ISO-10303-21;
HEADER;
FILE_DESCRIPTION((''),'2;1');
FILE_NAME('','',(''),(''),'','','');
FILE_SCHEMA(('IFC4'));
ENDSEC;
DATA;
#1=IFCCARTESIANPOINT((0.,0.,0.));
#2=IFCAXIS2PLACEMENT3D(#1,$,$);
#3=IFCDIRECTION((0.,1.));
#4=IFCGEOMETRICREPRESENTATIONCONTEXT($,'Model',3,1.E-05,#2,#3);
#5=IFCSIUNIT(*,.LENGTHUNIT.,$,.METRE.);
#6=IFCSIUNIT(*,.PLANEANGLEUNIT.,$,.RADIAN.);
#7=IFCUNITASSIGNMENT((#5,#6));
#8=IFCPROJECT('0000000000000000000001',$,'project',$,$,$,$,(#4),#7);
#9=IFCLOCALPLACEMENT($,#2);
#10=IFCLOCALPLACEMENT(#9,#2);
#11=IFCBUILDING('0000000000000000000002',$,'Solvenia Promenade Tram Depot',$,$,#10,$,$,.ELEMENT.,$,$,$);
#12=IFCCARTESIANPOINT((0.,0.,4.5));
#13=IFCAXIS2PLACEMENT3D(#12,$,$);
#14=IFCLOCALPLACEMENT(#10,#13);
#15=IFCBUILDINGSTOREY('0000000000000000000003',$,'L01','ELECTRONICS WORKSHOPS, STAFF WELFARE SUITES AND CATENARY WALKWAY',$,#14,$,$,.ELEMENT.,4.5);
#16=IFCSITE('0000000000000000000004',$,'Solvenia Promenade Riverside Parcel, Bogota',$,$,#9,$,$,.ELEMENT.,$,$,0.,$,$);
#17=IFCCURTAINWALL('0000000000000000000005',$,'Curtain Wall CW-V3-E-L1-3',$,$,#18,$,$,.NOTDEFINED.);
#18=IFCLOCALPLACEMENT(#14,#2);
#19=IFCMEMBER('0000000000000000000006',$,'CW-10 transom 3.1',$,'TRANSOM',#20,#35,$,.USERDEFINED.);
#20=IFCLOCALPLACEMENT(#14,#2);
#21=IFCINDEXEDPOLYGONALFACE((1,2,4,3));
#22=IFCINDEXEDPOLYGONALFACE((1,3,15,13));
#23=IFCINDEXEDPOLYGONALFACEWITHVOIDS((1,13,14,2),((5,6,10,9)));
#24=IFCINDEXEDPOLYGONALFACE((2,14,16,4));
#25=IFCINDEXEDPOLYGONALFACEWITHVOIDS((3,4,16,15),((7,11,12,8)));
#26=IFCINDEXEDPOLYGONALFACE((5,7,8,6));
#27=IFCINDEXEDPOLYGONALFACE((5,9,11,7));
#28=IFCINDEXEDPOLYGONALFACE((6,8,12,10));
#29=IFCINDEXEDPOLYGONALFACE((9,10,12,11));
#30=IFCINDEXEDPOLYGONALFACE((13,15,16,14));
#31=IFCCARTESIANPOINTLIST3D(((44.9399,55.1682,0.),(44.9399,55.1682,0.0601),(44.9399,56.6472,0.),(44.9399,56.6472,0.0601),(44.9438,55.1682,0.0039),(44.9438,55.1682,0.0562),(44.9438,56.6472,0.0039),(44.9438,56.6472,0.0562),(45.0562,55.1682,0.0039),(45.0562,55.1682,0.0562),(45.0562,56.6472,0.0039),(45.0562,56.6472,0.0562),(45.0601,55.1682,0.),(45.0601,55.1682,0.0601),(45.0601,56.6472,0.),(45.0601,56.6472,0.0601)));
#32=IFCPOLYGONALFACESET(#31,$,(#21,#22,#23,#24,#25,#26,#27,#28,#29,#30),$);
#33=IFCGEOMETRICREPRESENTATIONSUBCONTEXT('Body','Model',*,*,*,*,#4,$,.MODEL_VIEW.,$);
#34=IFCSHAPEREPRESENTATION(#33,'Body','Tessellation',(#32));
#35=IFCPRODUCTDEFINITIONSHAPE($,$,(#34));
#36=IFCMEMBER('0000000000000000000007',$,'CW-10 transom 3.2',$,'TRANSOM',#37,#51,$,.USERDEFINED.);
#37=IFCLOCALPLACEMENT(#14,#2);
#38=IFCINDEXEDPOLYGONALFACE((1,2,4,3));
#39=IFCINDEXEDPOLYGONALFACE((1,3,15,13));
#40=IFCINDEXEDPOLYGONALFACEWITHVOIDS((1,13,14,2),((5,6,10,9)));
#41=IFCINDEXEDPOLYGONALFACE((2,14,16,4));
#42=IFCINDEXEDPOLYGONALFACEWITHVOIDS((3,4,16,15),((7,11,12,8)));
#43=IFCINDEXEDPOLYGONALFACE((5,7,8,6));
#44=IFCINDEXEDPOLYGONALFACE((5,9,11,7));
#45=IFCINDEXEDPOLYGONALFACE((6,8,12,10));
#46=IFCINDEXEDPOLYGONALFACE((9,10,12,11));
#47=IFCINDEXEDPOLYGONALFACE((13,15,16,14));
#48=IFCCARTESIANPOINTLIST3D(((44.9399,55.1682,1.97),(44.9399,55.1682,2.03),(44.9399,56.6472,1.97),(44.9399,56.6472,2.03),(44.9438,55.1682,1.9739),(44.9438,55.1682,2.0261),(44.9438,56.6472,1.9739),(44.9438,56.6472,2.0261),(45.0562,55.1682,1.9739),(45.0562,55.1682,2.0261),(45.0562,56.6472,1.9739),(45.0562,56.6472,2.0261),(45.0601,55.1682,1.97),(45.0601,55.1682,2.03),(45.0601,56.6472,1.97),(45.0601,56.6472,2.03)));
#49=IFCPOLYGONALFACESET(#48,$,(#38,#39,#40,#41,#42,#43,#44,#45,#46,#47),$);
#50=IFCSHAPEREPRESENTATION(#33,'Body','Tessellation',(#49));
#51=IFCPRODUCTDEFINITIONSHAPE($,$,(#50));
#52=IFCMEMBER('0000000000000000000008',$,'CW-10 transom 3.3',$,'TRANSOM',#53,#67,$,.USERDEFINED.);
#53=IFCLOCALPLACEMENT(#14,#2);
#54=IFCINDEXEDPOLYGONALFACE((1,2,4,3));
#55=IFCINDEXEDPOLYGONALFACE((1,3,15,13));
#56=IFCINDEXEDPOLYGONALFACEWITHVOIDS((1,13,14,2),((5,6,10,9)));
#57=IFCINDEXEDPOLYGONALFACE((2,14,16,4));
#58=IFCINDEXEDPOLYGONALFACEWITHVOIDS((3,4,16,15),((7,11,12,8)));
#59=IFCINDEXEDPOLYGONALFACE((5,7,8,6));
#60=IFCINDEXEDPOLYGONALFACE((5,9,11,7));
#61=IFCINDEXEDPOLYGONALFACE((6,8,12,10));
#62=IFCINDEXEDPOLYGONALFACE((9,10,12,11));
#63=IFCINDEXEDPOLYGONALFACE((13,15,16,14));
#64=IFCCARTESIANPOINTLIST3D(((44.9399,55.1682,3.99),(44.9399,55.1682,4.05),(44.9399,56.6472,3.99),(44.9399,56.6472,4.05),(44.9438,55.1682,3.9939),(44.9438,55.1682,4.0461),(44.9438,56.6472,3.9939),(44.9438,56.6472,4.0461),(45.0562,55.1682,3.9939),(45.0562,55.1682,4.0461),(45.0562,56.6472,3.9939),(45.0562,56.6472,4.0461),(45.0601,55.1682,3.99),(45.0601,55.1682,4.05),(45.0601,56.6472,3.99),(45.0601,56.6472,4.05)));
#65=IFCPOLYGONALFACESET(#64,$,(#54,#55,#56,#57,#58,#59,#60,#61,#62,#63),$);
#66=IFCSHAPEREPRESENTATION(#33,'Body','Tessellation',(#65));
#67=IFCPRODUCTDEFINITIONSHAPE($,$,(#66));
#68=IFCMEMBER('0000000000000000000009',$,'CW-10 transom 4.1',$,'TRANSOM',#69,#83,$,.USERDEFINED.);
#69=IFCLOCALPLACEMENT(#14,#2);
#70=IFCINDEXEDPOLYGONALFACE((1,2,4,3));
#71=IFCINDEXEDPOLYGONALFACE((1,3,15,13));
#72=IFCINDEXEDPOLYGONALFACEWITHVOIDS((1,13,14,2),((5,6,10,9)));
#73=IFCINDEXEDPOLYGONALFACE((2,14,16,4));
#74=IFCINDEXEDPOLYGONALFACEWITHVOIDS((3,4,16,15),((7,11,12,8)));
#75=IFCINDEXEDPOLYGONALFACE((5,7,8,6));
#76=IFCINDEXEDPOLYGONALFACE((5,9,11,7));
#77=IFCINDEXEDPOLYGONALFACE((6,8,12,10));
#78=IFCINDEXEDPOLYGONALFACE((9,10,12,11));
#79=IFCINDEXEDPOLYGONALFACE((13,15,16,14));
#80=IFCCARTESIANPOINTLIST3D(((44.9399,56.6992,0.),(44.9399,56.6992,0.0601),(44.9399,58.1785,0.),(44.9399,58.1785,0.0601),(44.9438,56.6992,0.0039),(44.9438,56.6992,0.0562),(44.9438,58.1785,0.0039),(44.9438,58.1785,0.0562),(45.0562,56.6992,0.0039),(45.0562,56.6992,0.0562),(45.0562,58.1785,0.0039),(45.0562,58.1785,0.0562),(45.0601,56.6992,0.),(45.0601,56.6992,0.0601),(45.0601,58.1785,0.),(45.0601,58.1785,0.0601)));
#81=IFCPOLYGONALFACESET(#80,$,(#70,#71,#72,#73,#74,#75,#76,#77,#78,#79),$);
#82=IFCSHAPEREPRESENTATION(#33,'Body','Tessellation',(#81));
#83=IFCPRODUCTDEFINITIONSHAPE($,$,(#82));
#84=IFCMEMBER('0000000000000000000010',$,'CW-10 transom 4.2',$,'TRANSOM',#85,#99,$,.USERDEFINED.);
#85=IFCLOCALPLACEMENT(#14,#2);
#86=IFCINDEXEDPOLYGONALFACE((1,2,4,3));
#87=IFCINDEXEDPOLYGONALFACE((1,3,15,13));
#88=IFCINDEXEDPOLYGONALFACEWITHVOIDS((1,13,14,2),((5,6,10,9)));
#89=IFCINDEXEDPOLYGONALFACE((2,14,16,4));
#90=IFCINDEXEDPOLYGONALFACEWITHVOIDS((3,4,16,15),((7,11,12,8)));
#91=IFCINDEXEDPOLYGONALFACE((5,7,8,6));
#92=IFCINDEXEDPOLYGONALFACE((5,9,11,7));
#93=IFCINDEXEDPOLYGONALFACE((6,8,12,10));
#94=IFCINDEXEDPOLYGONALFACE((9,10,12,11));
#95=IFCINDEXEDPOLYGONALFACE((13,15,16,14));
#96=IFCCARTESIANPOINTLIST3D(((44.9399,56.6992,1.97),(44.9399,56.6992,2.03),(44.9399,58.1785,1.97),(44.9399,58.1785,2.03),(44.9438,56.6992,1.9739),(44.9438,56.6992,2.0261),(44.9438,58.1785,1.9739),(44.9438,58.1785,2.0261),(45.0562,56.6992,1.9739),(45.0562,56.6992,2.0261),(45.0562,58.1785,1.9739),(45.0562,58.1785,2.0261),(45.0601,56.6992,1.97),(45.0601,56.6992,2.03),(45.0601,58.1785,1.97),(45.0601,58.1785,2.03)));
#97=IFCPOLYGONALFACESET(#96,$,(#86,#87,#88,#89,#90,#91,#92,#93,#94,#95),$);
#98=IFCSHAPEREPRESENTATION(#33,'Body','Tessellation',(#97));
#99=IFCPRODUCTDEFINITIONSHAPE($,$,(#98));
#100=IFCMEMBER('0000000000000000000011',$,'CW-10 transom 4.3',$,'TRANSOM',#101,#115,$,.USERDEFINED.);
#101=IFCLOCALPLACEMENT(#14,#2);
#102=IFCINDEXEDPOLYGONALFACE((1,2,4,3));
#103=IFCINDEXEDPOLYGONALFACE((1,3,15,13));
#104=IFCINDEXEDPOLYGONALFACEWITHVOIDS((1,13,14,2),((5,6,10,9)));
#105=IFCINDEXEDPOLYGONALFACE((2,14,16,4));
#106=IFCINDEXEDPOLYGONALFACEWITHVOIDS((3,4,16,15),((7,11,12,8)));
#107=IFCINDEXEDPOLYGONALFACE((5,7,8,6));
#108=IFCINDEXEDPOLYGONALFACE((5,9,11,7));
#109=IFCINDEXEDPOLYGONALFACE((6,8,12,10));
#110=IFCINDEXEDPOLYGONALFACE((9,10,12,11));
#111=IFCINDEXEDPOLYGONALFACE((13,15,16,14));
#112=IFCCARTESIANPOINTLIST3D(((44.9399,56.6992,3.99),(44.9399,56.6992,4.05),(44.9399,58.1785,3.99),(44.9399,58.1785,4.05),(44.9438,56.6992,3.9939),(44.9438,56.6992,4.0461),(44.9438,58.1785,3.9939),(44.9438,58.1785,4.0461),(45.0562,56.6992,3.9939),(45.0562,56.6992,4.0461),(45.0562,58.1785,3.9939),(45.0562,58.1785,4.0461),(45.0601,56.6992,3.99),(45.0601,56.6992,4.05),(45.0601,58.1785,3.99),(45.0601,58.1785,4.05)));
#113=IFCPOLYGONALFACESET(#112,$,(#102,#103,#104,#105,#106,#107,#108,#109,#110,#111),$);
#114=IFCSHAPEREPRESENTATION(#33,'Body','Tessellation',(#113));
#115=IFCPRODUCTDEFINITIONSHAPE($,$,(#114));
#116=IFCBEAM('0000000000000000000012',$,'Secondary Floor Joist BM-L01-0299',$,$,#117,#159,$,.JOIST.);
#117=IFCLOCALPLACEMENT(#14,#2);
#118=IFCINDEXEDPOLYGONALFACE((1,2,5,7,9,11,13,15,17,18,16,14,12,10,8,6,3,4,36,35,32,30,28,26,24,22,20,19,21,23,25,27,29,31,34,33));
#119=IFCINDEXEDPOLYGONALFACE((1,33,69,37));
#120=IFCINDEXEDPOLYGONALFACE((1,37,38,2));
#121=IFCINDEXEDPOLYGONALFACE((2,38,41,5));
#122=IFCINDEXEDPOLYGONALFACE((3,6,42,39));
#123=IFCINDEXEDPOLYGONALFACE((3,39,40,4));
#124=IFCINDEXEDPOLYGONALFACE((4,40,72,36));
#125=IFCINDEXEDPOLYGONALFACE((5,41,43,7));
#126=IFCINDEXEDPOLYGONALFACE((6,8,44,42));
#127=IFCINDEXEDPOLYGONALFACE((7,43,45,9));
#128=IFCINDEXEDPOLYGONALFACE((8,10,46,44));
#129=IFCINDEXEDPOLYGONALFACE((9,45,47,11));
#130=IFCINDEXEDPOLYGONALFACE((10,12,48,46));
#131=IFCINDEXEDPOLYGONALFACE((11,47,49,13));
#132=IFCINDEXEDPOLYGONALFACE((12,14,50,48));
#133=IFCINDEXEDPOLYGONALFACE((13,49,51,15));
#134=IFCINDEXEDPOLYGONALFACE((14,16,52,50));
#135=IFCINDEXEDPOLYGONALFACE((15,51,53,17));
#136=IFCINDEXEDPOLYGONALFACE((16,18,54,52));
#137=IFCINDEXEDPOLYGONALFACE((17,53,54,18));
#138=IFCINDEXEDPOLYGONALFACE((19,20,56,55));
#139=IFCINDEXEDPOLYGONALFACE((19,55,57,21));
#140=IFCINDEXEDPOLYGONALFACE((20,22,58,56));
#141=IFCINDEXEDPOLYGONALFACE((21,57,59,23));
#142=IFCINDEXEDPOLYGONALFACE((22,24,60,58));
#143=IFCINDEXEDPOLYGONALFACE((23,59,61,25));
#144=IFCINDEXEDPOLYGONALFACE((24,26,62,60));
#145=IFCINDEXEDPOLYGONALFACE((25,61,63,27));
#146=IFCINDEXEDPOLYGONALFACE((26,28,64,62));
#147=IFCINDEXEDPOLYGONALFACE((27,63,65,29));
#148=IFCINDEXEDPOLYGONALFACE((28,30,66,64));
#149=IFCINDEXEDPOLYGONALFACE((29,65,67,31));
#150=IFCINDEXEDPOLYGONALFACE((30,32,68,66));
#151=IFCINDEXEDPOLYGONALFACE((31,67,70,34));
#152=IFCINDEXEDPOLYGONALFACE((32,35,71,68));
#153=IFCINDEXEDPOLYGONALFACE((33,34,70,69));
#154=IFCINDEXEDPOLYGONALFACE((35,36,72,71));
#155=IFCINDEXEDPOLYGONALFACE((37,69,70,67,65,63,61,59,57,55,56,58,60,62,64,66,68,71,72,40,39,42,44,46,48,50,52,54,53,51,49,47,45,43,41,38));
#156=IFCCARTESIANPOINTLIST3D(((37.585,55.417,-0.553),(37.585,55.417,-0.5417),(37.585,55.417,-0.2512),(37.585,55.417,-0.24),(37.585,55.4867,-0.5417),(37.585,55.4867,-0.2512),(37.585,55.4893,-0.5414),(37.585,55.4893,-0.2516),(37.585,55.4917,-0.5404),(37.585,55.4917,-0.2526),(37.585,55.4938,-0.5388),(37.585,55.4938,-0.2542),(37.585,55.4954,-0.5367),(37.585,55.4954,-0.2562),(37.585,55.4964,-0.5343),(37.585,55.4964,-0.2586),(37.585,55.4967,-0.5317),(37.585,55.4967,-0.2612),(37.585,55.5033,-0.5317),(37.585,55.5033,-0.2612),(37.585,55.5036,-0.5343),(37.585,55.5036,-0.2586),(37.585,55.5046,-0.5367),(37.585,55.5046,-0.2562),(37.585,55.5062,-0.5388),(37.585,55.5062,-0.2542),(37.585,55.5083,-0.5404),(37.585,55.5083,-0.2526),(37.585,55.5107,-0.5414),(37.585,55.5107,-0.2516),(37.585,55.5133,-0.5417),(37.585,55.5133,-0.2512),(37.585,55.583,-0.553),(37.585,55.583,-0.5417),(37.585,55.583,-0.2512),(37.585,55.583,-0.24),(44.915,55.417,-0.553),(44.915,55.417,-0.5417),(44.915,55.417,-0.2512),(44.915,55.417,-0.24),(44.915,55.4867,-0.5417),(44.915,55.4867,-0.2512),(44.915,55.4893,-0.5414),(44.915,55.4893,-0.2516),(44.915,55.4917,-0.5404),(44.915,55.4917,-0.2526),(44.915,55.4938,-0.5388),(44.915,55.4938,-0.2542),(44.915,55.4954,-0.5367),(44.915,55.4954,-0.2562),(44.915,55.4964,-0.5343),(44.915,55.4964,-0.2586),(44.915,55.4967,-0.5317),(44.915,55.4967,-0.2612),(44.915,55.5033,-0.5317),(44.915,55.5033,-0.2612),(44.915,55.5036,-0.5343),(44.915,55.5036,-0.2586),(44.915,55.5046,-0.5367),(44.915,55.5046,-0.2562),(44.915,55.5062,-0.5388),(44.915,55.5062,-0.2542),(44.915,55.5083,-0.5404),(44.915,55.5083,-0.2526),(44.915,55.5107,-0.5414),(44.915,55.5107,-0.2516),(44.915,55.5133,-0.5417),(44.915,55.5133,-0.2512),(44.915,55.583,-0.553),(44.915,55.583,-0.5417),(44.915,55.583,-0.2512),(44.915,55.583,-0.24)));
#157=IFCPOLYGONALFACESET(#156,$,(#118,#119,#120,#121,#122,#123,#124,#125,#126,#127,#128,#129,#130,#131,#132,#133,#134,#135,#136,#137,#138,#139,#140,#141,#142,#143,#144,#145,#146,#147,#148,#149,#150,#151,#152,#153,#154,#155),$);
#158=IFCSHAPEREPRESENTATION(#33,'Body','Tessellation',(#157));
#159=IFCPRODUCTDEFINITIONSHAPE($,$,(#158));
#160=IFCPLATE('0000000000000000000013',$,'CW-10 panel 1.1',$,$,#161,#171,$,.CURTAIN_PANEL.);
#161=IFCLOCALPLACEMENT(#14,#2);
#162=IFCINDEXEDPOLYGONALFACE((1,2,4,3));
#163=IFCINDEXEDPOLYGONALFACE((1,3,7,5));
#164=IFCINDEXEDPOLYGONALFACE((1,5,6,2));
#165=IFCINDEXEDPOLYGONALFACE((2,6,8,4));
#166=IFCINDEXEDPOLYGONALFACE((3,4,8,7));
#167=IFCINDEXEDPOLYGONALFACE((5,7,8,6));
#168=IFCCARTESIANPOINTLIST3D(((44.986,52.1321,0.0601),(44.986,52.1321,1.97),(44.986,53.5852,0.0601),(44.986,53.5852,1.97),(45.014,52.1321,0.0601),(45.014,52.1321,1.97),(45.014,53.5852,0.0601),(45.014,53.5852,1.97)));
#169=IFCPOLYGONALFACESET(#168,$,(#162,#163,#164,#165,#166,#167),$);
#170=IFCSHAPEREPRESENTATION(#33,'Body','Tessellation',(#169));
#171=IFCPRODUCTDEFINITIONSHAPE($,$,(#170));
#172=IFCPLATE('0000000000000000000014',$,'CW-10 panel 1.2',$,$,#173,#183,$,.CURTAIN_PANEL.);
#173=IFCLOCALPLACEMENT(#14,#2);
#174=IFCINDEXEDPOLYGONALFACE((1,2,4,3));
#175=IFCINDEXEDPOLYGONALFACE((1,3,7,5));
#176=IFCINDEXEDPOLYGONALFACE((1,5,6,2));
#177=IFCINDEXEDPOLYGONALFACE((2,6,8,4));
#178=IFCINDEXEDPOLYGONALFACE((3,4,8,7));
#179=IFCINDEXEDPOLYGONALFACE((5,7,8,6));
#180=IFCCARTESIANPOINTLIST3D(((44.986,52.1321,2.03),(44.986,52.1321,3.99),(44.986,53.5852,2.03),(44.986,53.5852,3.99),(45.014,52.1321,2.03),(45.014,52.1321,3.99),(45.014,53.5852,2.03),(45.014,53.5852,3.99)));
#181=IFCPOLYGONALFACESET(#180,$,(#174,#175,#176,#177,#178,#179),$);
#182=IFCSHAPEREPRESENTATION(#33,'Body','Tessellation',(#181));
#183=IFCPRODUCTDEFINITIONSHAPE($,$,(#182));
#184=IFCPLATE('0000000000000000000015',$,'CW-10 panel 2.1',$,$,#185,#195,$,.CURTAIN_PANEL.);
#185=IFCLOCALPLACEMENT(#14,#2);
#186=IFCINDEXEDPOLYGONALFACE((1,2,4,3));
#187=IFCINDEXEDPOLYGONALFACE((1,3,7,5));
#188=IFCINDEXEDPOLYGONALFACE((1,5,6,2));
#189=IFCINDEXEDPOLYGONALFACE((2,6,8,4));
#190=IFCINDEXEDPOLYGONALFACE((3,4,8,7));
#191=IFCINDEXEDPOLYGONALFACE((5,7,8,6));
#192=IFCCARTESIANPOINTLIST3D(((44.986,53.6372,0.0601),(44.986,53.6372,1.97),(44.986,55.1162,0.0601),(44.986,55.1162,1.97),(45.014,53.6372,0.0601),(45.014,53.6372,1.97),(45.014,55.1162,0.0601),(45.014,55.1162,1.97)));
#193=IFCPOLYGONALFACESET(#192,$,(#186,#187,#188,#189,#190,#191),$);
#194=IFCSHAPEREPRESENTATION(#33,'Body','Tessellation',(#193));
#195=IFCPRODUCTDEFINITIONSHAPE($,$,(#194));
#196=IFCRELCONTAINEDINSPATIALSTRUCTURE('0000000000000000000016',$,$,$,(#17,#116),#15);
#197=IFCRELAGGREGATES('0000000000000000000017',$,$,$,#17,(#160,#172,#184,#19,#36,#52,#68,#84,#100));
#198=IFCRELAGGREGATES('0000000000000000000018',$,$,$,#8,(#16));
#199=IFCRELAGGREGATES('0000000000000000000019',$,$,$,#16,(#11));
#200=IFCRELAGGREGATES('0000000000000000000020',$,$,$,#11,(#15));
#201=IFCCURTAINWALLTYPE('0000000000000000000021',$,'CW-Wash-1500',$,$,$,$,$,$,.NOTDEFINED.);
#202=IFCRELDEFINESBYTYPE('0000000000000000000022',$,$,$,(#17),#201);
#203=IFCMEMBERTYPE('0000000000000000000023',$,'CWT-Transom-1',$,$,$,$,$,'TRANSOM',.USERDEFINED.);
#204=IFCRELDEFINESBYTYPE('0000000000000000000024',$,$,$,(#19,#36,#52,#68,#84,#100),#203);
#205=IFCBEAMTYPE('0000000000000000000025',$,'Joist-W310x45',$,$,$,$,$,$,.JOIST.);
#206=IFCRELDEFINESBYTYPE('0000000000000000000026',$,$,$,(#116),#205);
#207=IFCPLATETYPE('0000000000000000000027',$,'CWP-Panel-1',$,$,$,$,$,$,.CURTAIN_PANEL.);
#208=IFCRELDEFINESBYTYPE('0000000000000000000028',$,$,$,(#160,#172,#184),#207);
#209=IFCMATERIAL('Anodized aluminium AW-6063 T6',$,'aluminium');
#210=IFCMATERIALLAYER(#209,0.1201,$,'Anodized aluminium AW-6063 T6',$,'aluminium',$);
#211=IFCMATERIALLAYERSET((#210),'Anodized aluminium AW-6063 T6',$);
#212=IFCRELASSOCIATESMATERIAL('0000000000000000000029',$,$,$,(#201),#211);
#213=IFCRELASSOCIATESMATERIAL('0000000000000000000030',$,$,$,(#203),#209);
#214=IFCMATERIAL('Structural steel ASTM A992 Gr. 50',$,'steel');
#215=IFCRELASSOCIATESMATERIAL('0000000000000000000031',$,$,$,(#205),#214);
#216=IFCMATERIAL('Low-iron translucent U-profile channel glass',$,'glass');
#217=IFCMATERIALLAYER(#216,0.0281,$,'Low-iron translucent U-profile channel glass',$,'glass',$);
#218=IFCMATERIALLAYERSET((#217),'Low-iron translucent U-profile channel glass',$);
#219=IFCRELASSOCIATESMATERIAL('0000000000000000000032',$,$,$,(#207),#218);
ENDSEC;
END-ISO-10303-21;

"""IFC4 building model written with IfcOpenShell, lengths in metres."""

from ifc_helpers import new_model, si_unit, direction, frame, origin, origin_2d, place, context, subcontext, project, spatial, rectangle, hollow_rectangle, i_section, extrude, material, layer, layer_set, material_profile, profile_set, type_object, element, aggregate, save


model = new_model("IFC4")

# Units and contexts
model_context = context("Model", 3, precision=1e-05, world=origin(), true_north=direction((0.0, 1.0)))
body_context = subcontext(model_context, "Body", "Model", "MODEL_VIEW")
ifc_project = project(units=[si_unit("LENGTHUNIT", "METRE"), si_unit("PLANEANGLEUNIT", "RADIAN")], contexts=[model_context])

# Site, building, storey
site_placement = place(None, origin())
site = spatial("IfcSite", under=ifc_project, at=site_placement, Name="Solvenia Promenade Riverside Parcel, Bogota", CompositionType="ELEMENT", RefElevation=0.0)
building_placement = place(site_placement, origin())
building = spatial("IfcBuilding", under=site, at=building_placement, Name="Solvenia Promenade Tram Depot", CompositionType="ELEMENT")
storey_placement = place(building_placement, frame((0.0, 0.0, 4.5)))
storey = spatial("IfcBuildingStorey", under=building, at=storey_placement, Name="L01", Description="ELECTRONICS WORKSHOPS, STAFF WELFARE SUITES AND CATENARY WALKWAY", CompositionType="ELEMENT", Elevation=4.5)

# Curtain wall, members
ifc_material_1 = material(Name="Anodized aluminium AW-6063 T6", Category="aluminium")
ifc_layer_1 = layer(ifc_material_1, 0.1201, Name="Anodized aluminium AW-6063 T6", Category="aluminium")
ifc_layer_set_1 = layer_set([ifc_layer_1], Name="Anodized aluminium AW-6063 T6")
curtain_wall_type = type_object("IfcCurtainWallType", Name="CW-Wash-1500", PredefinedType="NOTDEFINED", material=ifc_layer_set_1)
curtain_wall_placement = place(storey_placement, origin())
curtain_wall = element("IfcCurtainWall", 1, at=curtain_wall_placement, inside=storey, type_object=curtain_wall_type, Name="Curtain Wall CW-V3-E-L1-3", PredefinedType="NOTDEFINED")
ifc_material_profile_1 = material_profile(ifc_material_1, hollow_rectangle(XDim=0.1201, YDim=0.0601, WallThickness=0.0039, at=origin_2d()), Name="ALU-T1", Category="aluminium")
ifc_profile_set_1 = profile_set([ifc_material_profile_1], Name="Anodized aluminium AW-6063 T6")
member_type_1 = type_object("IfcMemberType", Name="CWT-Transom-1", ElementType="TRANSOM", PredefinedType="USERDEFINED", material=ifc_profile_set_1)
member_1_placement = place(storey_placement, frame((45.0, 55.1682, 0.03), z_axis=(0.0, 1.0, 0.0), x_axis=(-1.0, 0.0, 0.0)))
member_1 = element("IfcMember", 2, at=member_1_placement, type_object=member_type_1, Name="CW-10 transom 3.1", ObjectType="TRANSOM", PredefinedType="USERDEFINED", context=body_context, shape_type="SweptSolid", body=[
    extrude(hollow_rectangle(XDim=0.1201, YDim=0.0601, WallThickness=0.0039, at=origin_2d()), origin(), (0.0, 0.0, 1.0), 1.479),
])
member_2_placement = place(storey_placement, frame((45.0, 55.1682, 2.0), z_axis=(0.0, 1.0, 0.0), x_axis=(-1.0, 0.0, 0.0)))
member_2 = element("IfcMember", 3, at=member_2_placement, type_object=member_type_1, Name="CW-10 transom 3.2", ObjectType="TRANSOM", PredefinedType="USERDEFINED", context=body_context, shape_type="SweptSolid", body=[
    extrude(hollow_rectangle(XDim=0.1201, YDim=0.0601, WallThickness=0.0039, at=origin_2d()), origin(), (0.0, 0.0, 1.0), 1.479),
])
member_3_placement = place(storey_placement, frame((45.0, 55.1682, 4.02), z_axis=(0.0, 1.0, 0.0), x_axis=(-1.0, 0.0, 0.0)))
member_3 = element("IfcMember", 4, at=member_3_placement, type_object=member_type_1, Name="CW-10 transom 3.3", ObjectType="TRANSOM", PredefinedType="USERDEFINED", context=body_context, shape_type="SweptSolid", body=[
    extrude(hollow_rectangle(XDim=0.1201, YDim=0.0601, WallThickness=0.0039, at=origin_2d()), origin(), (0.0, 0.0, 1.0), 1.479),
])
member_4_placement = place(storey_placement, frame((45.0, 56.6992, 0.03), z_axis=(0.0, 1.0, 0.0), x_axis=(-1.0, 0.0, 0.0)))
member_4 = element("IfcMember", 5, at=member_4_placement, type_object=member_type_1, Name="CW-10 transom 4.1", ObjectType="TRANSOM", PredefinedType="USERDEFINED", context=body_context, shape_type="SweptSolid", body=[
    extrude(hollow_rectangle(XDim=0.1201, YDim=0.0601, WallThickness=0.0039, at=origin_2d()), origin(), (0.0, 0.0, 1.0), 1.4792),
])
member_5_placement = place(storey_placement, frame((45.0, 56.6992, 2.0), z_axis=(0.0, 1.0, 0.0), x_axis=(-1.0, 0.0, 0.0)))
member_5 = element("IfcMember", 6, at=member_5_placement, type_object=member_type_1, Name="CW-10 transom 4.2", ObjectType="TRANSOM", PredefinedType="USERDEFINED", context=body_context, shape_type="SweptSolid", body=[
    extrude(hollow_rectangle(XDim=0.1201, YDim=0.0601, WallThickness=0.0039, at=origin_2d()), origin(), (0.0, 0.0, 1.0), 1.4792),
])
member_6_placement = place(storey_placement, frame((45.0, 56.6992, 4.02), z_axis=(0.0, 1.0, 0.0), x_axis=(-1.0, 0.0, 0.0)))
member_6 = element("IfcMember", 7, at=member_6_placement, type_object=member_type_1, Name="CW-10 transom 4.3", ObjectType="TRANSOM", PredefinedType="USERDEFINED", context=body_context, shape_type="SweptSolid", body=[
    extrude(hollow_rectangle(XDim=0.1201, YDim=0.0601, WallThickness=0.0039, at=origin_2d()), origin(), (0.0, 0.0, 1.0), 1.4792),
])

# Beam
ifc_material_2 = material(Name="Structural steel ASTM A992 Gr. 50", Category="steel")
ifc_material_profile_2 = material_profile(ifc_material_2, i_section(OverallWidth=0.166, OverallDepth=0.313, WebThickness=0.0066, FlangeThickness=0.0112, FilletRadius=0.01, at=origin_2d()), Name="W310x45", Category="steel")
ifc_profile_set_2 = profile_set([ifc_material_profile_2], Name="Structural steel ASTM A992 Gr. 50")
beam_type = type_object("IfcBeamType", Name="Joist-W310x45", PredefinedType="JOIST", material=ifc_profile_set_2)
beam_placement = place(storey_placement, frame((37.585, 55.5, -0.3965), z_axis=(1.0, 0.0, 0.0), x_axis=(0.0, 1.0, 0.0)))
element("IfcBeam", 8, at=beam_placement, inside=storey, type_object=beam_type, Name="Secondary Floor Joist BM-L01-0299", PredefinedType="JOIST", context=body_context, shape_type="SweptSolid", body=[
    extrude(i_section(OverallWidth=0.166, OverallDepth=0.313, WebThickness=0.0066, FlangeThickness=0.0112, FilletRadius=0.01, at=origin_2d()), origin(), (0.0, 0.0, 1.0), 7.3301),
])

# Plates
ifc_material_3 = material(Name="Low-iron translucent U-profile channel glass", Category="glass")
ifc_layer_2 = layer(ifc_material_3, 0.0281, Name="Low-iron translucent U-profile channel glass", Category="glass")
ifc_layer_set_2 = layer_set([ifc_layer_2], Name="Low-iron translucent U-profile channel glass")
plate_type = type_object("IfcPlateType", Name="CWP-Panel-1", PredefinedType="CURTAIN_PANEL", material=ifc_layer_set_2)
plate_1_placement = place(storey_placement, frame((45.0, 52.8586, 0.0601), z_axis=(0.0, 0.0, 1.0), x_axis=(0.0, 1.0, 0.0)))
plate_1 = element("IfcPlate", 9, at=plate_1_placement, type_object=plate_type, Name="CW-10 panel 1.1", PredefinedType="CURTAIN_PANEL", context=body_context, shape_type="SweptSolid", body=[
    extrude(rectangle(XDim=1.4531, YDim=0.0281, at=origin_2d()), origin(), (0.0, 0.0, 1.0), 1.9099),
])
plate_2_placement = place(storey_placement, frame((45.0, 52.8586, 2.03), z_axis=(0.0, 0.0, 1.0), x_axis=(0.0, 1.0, 0.0)))
plate_2 = element("IfcPlate", 10, at=plate_2_placement, type_object=plate_type, Name="CW-10 panel 1.2", PredefinedType="CURTAIN_PANEL", context=body_context, shape_type="SweptSolid", body=[
    extrude(rectangle(XDim=1.4531, YDim=0.0281, at=origin_2d()), origin(), (0.0, 0.0, 1.0), 1.96),
])
plate_3_placement = place(storey_placement, frame((45.0, 54.3767, 0.0601), z_axis=(0.0, 0.0, 1.0), x_axis=(0.0, 1.0, 0.0)))
plate_3 = element("IfcPlate", 11, at=plate_3_placement, type_object=plate_type, Name="CW-10 panel 2.1", PredefinedType="CURTAIN_PANEL", context=body_context, shape_type="SweptSolid", body=[
    extrude(rectangle(XDim=1.479, YDim=0.0281, at=origin_2d()), origin(), (0.0, 0.0, 1.0), 1.9099),
])
aggregate(curtain_wall, [plate_1, plate_2, plate_3, member_1, member_2, member_3, member_4, member_5, member_6])

save(model, "model.ifc")
